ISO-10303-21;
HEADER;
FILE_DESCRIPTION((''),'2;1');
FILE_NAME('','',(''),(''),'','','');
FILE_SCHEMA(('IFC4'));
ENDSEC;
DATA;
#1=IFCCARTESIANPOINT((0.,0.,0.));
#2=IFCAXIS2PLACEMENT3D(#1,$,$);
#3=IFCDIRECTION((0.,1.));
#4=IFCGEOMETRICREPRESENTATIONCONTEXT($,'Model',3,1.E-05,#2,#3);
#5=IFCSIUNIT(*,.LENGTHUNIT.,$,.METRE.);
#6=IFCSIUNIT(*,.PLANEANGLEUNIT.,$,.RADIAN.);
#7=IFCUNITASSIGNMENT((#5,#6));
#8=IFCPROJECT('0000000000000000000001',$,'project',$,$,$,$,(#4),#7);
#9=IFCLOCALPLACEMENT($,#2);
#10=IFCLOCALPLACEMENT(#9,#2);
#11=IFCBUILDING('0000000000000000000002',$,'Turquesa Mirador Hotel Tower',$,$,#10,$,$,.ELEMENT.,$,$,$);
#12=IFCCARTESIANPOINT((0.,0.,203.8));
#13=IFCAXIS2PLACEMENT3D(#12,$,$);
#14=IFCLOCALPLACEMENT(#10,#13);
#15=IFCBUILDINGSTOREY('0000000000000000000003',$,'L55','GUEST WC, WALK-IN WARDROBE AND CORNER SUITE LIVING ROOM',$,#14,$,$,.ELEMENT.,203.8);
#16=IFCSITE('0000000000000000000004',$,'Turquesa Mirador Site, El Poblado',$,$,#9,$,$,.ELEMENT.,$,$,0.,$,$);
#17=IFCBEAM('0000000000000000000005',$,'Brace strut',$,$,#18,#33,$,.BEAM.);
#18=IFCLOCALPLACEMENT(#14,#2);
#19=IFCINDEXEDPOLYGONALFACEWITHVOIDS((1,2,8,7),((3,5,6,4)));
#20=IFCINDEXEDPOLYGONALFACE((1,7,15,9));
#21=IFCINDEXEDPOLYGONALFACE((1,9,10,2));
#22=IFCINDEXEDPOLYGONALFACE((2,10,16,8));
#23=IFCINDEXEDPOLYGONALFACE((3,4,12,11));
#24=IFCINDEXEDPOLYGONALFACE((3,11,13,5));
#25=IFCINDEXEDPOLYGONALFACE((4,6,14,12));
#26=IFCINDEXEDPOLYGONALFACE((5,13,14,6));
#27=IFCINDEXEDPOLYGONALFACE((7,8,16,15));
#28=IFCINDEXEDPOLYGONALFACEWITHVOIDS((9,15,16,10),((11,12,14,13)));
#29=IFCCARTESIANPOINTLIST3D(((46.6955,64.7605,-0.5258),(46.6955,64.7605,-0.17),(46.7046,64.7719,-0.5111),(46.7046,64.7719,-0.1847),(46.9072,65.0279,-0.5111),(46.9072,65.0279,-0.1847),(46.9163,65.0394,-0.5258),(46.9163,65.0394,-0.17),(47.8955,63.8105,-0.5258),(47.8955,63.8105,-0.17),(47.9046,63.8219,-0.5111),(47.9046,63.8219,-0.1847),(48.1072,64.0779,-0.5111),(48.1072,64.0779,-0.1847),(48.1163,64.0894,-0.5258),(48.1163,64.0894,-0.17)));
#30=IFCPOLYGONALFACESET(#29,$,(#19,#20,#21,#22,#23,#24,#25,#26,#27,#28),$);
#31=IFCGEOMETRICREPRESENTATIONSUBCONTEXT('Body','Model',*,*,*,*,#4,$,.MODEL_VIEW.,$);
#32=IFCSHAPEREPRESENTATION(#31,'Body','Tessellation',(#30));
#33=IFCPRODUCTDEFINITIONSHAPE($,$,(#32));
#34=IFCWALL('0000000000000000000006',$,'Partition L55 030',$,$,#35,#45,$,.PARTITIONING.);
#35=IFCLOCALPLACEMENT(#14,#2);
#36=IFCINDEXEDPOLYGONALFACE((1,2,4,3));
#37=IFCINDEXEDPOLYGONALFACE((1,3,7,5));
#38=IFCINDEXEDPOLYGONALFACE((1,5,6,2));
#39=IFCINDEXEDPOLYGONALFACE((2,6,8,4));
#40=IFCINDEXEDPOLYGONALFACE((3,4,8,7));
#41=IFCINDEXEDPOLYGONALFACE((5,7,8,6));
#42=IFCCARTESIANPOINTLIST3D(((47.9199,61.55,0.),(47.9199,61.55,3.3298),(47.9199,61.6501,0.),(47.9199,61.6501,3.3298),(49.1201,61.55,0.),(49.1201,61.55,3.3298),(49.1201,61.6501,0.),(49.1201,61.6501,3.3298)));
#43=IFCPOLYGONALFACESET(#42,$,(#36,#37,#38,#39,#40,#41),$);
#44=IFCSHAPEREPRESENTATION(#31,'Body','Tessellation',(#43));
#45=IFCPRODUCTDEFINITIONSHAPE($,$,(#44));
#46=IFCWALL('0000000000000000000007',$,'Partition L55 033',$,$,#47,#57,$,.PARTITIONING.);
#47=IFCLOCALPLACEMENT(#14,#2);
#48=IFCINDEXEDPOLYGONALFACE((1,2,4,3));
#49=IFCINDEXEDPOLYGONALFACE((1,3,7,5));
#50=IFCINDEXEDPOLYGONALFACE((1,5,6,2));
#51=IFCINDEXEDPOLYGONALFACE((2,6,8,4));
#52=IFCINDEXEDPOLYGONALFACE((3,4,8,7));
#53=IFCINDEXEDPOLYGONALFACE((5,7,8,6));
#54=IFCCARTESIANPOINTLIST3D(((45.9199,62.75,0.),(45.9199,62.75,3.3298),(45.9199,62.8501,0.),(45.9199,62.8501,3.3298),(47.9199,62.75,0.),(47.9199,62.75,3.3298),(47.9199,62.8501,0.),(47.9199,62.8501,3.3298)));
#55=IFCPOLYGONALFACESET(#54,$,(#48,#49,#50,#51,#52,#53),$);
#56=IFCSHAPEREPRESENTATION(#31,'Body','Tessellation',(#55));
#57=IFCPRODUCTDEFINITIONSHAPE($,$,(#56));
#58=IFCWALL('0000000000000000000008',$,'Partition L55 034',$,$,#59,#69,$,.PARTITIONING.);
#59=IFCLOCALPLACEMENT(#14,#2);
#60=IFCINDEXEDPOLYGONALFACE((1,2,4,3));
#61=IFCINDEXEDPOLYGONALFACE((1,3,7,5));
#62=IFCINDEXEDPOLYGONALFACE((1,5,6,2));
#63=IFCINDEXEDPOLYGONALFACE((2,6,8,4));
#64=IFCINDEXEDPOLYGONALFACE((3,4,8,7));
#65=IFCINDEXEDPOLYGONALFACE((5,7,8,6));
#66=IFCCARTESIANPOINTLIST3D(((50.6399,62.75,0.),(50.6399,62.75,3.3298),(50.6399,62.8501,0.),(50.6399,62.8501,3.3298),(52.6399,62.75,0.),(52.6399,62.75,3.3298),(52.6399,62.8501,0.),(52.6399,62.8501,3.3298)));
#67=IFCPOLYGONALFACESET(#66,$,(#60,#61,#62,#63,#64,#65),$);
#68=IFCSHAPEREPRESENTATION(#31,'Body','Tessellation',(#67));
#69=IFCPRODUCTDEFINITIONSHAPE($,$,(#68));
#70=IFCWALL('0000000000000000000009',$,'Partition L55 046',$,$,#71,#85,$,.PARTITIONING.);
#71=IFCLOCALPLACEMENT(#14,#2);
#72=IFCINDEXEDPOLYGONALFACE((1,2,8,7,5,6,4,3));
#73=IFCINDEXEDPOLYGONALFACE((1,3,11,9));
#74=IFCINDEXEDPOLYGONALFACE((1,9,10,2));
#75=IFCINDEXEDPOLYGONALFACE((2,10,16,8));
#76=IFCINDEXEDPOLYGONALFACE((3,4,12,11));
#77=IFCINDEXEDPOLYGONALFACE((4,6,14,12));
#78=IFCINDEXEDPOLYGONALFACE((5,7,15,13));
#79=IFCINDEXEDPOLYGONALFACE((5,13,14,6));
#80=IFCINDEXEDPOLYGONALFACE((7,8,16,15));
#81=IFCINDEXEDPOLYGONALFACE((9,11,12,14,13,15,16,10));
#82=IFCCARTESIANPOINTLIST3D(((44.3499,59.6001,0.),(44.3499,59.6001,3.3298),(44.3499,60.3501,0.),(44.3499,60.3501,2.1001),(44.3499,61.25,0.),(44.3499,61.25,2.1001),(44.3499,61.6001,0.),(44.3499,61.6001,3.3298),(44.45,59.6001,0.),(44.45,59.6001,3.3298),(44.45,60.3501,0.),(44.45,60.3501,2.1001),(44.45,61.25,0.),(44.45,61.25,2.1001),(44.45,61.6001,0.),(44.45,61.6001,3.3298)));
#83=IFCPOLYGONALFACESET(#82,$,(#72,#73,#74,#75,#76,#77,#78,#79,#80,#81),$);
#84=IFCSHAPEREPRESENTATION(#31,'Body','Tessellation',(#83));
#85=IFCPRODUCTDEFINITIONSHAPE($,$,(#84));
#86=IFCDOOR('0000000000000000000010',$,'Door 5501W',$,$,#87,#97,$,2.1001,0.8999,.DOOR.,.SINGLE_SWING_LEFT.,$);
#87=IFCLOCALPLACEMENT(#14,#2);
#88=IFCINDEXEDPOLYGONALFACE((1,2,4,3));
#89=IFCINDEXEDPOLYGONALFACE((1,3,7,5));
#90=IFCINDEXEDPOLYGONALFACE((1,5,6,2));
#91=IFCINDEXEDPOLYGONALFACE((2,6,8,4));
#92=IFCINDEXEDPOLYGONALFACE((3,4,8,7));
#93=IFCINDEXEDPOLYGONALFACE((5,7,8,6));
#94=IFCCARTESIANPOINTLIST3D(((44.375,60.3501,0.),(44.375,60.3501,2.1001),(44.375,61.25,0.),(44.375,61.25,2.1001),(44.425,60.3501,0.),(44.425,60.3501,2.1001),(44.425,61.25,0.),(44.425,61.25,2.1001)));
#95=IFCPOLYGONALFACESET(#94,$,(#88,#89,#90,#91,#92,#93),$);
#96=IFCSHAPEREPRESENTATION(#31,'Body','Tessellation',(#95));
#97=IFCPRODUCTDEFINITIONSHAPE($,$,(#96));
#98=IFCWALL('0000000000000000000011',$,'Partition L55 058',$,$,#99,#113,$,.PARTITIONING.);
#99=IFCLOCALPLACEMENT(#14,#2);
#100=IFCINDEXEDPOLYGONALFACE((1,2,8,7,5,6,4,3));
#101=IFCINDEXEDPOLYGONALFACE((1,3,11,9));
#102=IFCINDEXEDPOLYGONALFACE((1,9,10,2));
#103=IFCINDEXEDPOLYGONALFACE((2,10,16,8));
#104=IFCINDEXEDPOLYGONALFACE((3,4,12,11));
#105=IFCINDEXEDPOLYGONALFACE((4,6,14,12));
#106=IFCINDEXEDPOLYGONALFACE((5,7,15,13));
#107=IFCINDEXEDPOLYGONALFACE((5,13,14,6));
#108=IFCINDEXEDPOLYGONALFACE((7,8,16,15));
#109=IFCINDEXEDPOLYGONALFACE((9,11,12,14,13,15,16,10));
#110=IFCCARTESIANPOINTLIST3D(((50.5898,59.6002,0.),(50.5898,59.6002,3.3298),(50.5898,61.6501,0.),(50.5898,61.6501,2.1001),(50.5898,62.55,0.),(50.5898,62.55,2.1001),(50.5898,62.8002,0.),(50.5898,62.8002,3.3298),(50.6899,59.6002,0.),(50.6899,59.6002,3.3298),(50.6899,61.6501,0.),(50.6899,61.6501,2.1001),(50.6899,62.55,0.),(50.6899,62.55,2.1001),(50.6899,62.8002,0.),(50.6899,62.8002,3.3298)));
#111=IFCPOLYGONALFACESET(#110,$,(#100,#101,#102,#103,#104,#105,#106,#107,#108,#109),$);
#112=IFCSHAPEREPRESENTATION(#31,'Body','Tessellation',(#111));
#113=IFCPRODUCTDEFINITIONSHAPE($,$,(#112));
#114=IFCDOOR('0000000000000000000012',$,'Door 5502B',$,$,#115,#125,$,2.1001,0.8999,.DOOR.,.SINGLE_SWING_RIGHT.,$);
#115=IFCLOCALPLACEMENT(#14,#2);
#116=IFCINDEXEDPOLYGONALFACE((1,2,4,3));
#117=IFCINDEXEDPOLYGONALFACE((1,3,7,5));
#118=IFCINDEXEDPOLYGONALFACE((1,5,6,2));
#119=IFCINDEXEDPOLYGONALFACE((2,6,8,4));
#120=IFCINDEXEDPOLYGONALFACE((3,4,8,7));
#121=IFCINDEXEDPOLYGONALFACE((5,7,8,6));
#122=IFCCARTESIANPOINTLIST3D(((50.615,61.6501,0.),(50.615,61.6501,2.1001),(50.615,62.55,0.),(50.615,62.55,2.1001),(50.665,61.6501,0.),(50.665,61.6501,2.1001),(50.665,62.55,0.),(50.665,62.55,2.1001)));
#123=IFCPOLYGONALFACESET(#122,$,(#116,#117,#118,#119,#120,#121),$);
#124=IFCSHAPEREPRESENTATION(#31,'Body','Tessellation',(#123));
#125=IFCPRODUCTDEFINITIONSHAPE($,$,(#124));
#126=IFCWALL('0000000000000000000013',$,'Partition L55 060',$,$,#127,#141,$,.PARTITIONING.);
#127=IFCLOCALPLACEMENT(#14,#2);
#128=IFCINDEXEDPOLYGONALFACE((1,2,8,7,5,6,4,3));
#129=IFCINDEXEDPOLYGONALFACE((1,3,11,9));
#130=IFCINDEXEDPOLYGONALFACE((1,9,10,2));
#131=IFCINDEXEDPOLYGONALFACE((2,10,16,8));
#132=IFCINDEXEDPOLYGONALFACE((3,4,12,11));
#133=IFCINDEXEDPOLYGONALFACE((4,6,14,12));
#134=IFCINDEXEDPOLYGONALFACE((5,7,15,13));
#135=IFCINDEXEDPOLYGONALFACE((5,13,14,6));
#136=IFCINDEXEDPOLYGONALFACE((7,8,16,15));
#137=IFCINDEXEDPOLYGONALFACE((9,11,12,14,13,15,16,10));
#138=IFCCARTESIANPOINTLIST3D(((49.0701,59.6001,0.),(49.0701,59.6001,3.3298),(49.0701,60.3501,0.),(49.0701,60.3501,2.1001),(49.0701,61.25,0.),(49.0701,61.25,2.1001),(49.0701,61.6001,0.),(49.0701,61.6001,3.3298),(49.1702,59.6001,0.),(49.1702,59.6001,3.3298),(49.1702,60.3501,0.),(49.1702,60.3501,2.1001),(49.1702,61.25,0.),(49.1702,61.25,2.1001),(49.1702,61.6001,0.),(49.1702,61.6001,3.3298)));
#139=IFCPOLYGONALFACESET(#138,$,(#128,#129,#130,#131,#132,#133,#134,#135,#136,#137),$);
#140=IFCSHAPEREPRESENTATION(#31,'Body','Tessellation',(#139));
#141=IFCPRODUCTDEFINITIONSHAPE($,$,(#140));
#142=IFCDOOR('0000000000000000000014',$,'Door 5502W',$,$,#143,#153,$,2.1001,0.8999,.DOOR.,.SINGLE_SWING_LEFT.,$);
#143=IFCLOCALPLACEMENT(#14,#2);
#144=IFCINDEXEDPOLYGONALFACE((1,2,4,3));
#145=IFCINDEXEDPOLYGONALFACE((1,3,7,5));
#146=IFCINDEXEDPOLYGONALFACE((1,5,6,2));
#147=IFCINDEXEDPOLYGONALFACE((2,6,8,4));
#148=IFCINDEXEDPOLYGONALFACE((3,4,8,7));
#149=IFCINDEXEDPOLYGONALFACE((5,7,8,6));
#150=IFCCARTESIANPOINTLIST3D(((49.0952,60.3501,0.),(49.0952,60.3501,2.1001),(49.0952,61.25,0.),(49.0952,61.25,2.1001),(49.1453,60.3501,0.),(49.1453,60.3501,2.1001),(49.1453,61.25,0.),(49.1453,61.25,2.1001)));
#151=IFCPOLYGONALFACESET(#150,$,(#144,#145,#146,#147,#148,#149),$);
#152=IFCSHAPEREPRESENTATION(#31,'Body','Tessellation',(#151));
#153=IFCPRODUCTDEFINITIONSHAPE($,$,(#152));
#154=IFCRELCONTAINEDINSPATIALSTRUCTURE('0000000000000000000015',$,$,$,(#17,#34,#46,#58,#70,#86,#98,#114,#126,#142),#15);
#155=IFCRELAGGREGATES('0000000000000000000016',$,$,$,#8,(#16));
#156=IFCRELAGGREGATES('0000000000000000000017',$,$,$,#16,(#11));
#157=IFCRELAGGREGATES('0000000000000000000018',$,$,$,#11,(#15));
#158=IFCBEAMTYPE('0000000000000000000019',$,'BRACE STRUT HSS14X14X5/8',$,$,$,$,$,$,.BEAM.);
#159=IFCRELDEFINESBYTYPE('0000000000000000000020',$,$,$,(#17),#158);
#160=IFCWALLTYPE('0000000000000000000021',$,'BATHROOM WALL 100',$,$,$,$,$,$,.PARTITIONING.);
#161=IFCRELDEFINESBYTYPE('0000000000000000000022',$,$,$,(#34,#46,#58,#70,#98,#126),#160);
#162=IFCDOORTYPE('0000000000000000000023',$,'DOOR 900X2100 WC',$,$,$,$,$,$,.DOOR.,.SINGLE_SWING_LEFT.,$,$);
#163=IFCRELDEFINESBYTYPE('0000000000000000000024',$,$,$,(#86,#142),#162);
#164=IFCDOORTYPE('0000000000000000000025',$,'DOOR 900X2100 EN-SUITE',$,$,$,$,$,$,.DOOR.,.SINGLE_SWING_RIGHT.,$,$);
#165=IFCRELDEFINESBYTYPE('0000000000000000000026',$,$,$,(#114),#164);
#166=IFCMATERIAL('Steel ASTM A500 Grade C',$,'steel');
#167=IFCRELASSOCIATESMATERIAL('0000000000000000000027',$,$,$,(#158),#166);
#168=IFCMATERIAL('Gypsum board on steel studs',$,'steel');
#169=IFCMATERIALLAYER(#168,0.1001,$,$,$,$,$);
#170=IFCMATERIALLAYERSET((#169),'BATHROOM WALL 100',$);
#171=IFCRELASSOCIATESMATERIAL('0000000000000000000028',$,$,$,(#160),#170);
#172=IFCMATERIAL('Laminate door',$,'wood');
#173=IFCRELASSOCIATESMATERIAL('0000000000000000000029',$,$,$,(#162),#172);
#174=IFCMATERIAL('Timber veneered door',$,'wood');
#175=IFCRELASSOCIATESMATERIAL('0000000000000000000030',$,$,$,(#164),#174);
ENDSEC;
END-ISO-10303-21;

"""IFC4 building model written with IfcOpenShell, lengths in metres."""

from ifc_helpers import new_model, si_unit, direction, frame, frame_2d, origin, origin_2d, place, context, subcontext, project, spatial, rectangle, hollow_rectangle, extrude, material, layer, layer_set, material_profile, profile_set, type_object, element, fill, save


model = new_model("IFC4")

# Units and contexts
model_context = context("Model", 3, precision=1e-05, world=origin(), true_north=direction((0.0, 1.0)))
body_context = subcontext(model_context, "Body", "Model", "MODEL_VIEW")
ifc_project = project(units=[si_unit("LENGTHUNIT", "METRE"), si_unit("PLANEANGLEUNIT", "RADIAN")], contexts=[model_context])

# Site, building, storey
site_placement = place(None, origin())
site = spatial("IfcSite", under=ifc_project, at=site_placement, Name="Turquesa Mirador Site, El Poblado", CompositionType="ELEMENT", RefElevation=0.0)
building_placement = place(site_placement, origin())
building = spatial("IfcBuilding", under=site, at=building_placement, Name="Turquesa Mirador Hotel Tower", CompositionType="ELEMENT")
storey_placement = place(building_placement, frame((0.0, 0.0, 203.8)))
storey = spatial("IfcBuildingStorey", under=building, at=storey_placement, Name="L55", Description="GUEST WC, WALK-IN WARDROBE AND CORNER SUITE LIVING ROOM", CompositionType="ELEMENT", Elevation=203.8)

# Beam
ifc_material_1 = material(Name="Steel ASTM A500 Grade C", Category="steel")
ifc_material_profile_1 = material_profile(ifc_material_1, hollow_rectangle(XDim=0.3557, YDim=0.3557, WallThickness=0.0146, at=origin_2d()), Name="HSS14X14X5/8")
ifc_profile_set_1 = profile_set([ifc_material_profile_1], Name="Steel ASTM A500 Grade C")
beam_type_1 = type_object("IfcBeamType", Name="BRACE STRUT HSS14X14X5/8", PredefinedType="BEAM", material=ifc_profile_set_1)
for number, where, z_axis, x_axis, name in (
    (1, (46.8059, 64.8999, -0.3479), (0.784049, -0.620699, 0.0), (0.620699, 0.784049, 0.0), "Brace strut"),
):
    element("IfcBeam", number, at=place(storey_placement, frame(where, z_axis=z_axis, x_axis=x_axis)), inside=storey, type_object=beam_type_1, Name=name, PredefinedType="BEAM", context=body_context, shape_type="SweptSolid", body=[
        extrude(hollow_rectangle(XDim=0.3557, YDim=0.3557, WallThickness=0.0146, at=origin_2d()), origin(), (0.0, 0.0, 1.0), 1.5305),
    ])

# Walls
ifc_material_2 = material(Name="Gypsum board on steel studs", Category="steel")
ifc_layer_1 = layer(ifc_material_2, 0.1001)
ifc_layer_set_1 = layer_set([ifc_layer_1], Name="BATHROOM WALL 100")
wall_type_1 = type_object("IfcWallType", Name="BATHROOM WALL 100", PredefinedType="PARTITIONING", material=ifc_layer_set_1)
wall_1_placement = place(storey_placement, frame((47.9199, 61.6001, 0.0), z_axis=(0.0, 0.0, 1.0), x_axis=(1.0, 0.0, 0.0)))
element("IfcWall", 2, at=wall_1_placement, inside=storey, type_object=wall_type_1, Name="Partition L55 030", PredefinedType="PARTITIONING", context=body_context, shape_type="SweptSolid", body=[
    extrude(rectangle(XDim=1.2002, YDim=0.1001, at=frame_2d((0.6001, 0.0))), origin(), (0.0, 0.0, 1.0), 3.3298),
])
for number, where, z_axis, x_axis, name in (
    (3, (45.9199, 62.8, 0.0), (0.0, 0.0, 1.0), (1.0, 0.0, 0.0), "Partition L55 033"),
    (4, (50.6399, 62.8, 0.0), (0.0, 0.0, 1.0), (1.0, 0.0, 0.0), "Partition L55 034"),
):
    element("IfcWall", number, at=place(storey_placement, frame(where, z_axis=z_axis, x_axis=x_axis)), inside=storey, type_object=wall_type_1, Name=name, PredefinedType="PARTITIONING", context=body_context, shape_type="SweptSolid", body=[
        extrude(rectangle(XDim=2.0, YDim=0.1001, at=frame_2d((1.0, 0.0))), origin(), (0.0, 0.0, 1.0), 3.3298),
    ])

# Walls, openings, doors
wall_2_placement = place(storey_placement, frame((44.3999, 59.6001, 0.0), z_axis=(0.0, 0.0, 1.0), x_axis=(0.0, 1.0, 0.0)))
wall_2 = element("IfcWall", 5, at=wall_2_placement, inside=storey, type_object=wall_type_1, Name="Partition L55 046", PredefinedType="PARTITIONING", context=body_context, shape_type="SweptSolid", body=[
    extrude(rectangle(XDim=2.0, YDim=0.1001, at=frame_2d((1.0, 0.0))), origin(), (0.0, 0.0, 1.0), 3.3298),
])
opening_1_placement = place(wall_2_placement, frame((0.75, 0.0, 0.0)))
opening_1 = element("IfcOpeningElement", 6, at=opening_1_placement, cuts=wall_2, PredefinedType="OPENING", context=body_context, shape_type="SweptSolid", body=[
    extrude(rectangle(XDim=0.8999, YDim=2.1001, at=frame_2d((0.45, 1.05))), frame((0.0, 0.0601, 0.0), z_axis=(0.0, -1.0, 0.0), x_axis=(1.0, 0.0, 0.0)), (0.0, 0.0, 1.0), 0.1201),
])
ifc_material_3 = material(Name="Laminate door", Category="wood")
door_type_1 = type_object("IfcDoorType", Name="DOOR 900X2100 WC", OperationType="SINGLE_SWING_LEFT", PredefinedType="DOOR", material=ifc_material_3)
door_1_placement = place(opening_1_placement, origin())
door_1 = element("IfcDoor", 7, at=door_1_placement, inside=storey, type_object=door_type_1, Name="Door 5501W", OperationType="SINGLE_SWING_LEFT", OverallHeight=2.1001, OverallWidth=0.8999, PredefinedType="DOOR", context=body_context, shape_type="SweptSolid", body=[
    extrude(rectangle(XDim=0.8999, YDim=2.1001, at=frame_2d((0.45, 1.05))), frame((0.0, 0.0249, 0.0), z_axis=(0.0, -1.0, 0.0), x_axis=(1.0, 0.0, 0.0)), (0.0, 0.0, 1.0), 0.05),
])
fill(opening_1, door_1)
wall_3_placement = place(storey_placement, frame((50.6399, 59.6001, 0.0), z_axis=(0.0, 0.0, 1.0), x_axis=(0.0, 1.0, 0.0)))
wall_3 = element("IfcWall", 8, at=wall_3_placement, inside=storey, type_object=wall_type_1, Name="Partition L55 058", PredefinedType="PARTITIONING", context=body_context, shape_type="SweptSolid", body=[
    extrude(rectangle(XDim=3.2, YDim=0.1001, at=frame_2d((1.6001, 0.0))), origin(), (0.0, 0.0, 1.0), 3.3298),
])
opening_2_placement = place(wall_3_placement, frame((2.05, 0.0, 0.0)))
opening_2 = element("IfcOpeningElement", 9, at=opening_2_placement, cuts=wall_3, PredefinedType="OPENING", context=body_context, shape_type="SweptSolid", body=[
    extrude(rectangle(XDim=0.8999, YDim=2.1001, at=frame_2d((0.45, 1.05))), frame((0.0, 0.0601, 0.0), z_axis=(0.0, -1.0, 0.0), x_axis=(1.0, 0.0, 0.0)), (0.0, 0.0, 1.0), 0.1201),
])
ifc_material_4 = material(Name="Timber veneered door", Category="wood")
door_type_2 = type_object("IfcDoorType", Name="DOOR 900X2100 EN-SUITE", OperationType="SINGLE_SWING_RIGHT", PredefinedType="DOOR", material=ifc_material_4)
door_2_placement = place(opening_2_placement, origin())
door_2 = element("IfcDoor", 10, at=door_2_placement, inside=storey, type_object=door_type_2, Name="Door 5502B", OperationType="SINGLE_SWING_RIGHT", OverallHeight=2.1001, OverallWidth=0.8999, PredefinedType="DOOR", context=body_context, shape_type="SweptSolid", body=[
    extrude(rectangle(XDim=0.8999, YDim=2.1001, at=frame_2d((0.45, 1.05))), frame((0.0, 0.0249, 0.0), z_axis=(0.0, -1.0, 0.0), x_axis=(1.0, 0.0, 0.0)), (0.0, 0.0, 1.0), 0.05),
])
fill(opening_2, door_2)
wall_4_placement = place(storey_placement, frame((49.1201, 59.6001, 0.0), z_axis=(0.0, 0.0, 1.0), x_axis=(0.0, 1.0, 0.0)))
wall_4 = element("IfcWall", 11, at=wall_4_placement, inside=storey, type_object=wall_type_1, Name="Partition L55 060", PredefinedType="PARTITIONING", context=body_context, shape_type="SweptSolid", body=[
    extrude(rectangle(XDim=2.0, YDim=0.1001, at=frame_2d((1.0, 0.0))), origin(), (0.0, 0.0, 1.0), 3.3298),
])
opening_3_placement = place(wall_4_placement, frame((0.75, 0.0, 0.0)))
opening_3 = element("IfcOpeningElement", 12, at=opening_3_placement, cuts=wall_4, PredefinedType="OPENING", context=body_context, shape_type="SweptSolid", body=[
    extrude(rectangle(XDim=0.8999, YDim=2.1001, at=frame_2d((0.45, 1.05))), frame((0.0, 0.0601, 0.0), z_axis=(0.0, -1.0, 0.0), x_axis=(1.0, 0.0, 0.0)), (0.0, 0.0, 1.0), 0.1201),
])
door_3_placement = place(opening_3_placement, origin())
door_3 = element("IfcDoor", 13, at=door_3_placement, inside=storey, type_object=door_type_1, Name="Door 5502W", OperationType="SINGLE_SWING_LEFT", OverallHeight=2.1001, OverallWidth=0.8999, PredefinedType="DOOR", context=body_context, shape_type="SweptSolid", body=[
    extrude(rectangle(XDim=0.8999, YDim=2.1001, at=frame_2d((0.45, 1.05))), frame((0.0, 0.0249, 0.0), z_axis=(0.0, -1.0, 0.0), x_axis=(1.0, 0.0, 0.0)), (0.0, 0.0, 1.0), 0.05),
])
fill(opening_3, door_3)

save(model, "model.ifc")
